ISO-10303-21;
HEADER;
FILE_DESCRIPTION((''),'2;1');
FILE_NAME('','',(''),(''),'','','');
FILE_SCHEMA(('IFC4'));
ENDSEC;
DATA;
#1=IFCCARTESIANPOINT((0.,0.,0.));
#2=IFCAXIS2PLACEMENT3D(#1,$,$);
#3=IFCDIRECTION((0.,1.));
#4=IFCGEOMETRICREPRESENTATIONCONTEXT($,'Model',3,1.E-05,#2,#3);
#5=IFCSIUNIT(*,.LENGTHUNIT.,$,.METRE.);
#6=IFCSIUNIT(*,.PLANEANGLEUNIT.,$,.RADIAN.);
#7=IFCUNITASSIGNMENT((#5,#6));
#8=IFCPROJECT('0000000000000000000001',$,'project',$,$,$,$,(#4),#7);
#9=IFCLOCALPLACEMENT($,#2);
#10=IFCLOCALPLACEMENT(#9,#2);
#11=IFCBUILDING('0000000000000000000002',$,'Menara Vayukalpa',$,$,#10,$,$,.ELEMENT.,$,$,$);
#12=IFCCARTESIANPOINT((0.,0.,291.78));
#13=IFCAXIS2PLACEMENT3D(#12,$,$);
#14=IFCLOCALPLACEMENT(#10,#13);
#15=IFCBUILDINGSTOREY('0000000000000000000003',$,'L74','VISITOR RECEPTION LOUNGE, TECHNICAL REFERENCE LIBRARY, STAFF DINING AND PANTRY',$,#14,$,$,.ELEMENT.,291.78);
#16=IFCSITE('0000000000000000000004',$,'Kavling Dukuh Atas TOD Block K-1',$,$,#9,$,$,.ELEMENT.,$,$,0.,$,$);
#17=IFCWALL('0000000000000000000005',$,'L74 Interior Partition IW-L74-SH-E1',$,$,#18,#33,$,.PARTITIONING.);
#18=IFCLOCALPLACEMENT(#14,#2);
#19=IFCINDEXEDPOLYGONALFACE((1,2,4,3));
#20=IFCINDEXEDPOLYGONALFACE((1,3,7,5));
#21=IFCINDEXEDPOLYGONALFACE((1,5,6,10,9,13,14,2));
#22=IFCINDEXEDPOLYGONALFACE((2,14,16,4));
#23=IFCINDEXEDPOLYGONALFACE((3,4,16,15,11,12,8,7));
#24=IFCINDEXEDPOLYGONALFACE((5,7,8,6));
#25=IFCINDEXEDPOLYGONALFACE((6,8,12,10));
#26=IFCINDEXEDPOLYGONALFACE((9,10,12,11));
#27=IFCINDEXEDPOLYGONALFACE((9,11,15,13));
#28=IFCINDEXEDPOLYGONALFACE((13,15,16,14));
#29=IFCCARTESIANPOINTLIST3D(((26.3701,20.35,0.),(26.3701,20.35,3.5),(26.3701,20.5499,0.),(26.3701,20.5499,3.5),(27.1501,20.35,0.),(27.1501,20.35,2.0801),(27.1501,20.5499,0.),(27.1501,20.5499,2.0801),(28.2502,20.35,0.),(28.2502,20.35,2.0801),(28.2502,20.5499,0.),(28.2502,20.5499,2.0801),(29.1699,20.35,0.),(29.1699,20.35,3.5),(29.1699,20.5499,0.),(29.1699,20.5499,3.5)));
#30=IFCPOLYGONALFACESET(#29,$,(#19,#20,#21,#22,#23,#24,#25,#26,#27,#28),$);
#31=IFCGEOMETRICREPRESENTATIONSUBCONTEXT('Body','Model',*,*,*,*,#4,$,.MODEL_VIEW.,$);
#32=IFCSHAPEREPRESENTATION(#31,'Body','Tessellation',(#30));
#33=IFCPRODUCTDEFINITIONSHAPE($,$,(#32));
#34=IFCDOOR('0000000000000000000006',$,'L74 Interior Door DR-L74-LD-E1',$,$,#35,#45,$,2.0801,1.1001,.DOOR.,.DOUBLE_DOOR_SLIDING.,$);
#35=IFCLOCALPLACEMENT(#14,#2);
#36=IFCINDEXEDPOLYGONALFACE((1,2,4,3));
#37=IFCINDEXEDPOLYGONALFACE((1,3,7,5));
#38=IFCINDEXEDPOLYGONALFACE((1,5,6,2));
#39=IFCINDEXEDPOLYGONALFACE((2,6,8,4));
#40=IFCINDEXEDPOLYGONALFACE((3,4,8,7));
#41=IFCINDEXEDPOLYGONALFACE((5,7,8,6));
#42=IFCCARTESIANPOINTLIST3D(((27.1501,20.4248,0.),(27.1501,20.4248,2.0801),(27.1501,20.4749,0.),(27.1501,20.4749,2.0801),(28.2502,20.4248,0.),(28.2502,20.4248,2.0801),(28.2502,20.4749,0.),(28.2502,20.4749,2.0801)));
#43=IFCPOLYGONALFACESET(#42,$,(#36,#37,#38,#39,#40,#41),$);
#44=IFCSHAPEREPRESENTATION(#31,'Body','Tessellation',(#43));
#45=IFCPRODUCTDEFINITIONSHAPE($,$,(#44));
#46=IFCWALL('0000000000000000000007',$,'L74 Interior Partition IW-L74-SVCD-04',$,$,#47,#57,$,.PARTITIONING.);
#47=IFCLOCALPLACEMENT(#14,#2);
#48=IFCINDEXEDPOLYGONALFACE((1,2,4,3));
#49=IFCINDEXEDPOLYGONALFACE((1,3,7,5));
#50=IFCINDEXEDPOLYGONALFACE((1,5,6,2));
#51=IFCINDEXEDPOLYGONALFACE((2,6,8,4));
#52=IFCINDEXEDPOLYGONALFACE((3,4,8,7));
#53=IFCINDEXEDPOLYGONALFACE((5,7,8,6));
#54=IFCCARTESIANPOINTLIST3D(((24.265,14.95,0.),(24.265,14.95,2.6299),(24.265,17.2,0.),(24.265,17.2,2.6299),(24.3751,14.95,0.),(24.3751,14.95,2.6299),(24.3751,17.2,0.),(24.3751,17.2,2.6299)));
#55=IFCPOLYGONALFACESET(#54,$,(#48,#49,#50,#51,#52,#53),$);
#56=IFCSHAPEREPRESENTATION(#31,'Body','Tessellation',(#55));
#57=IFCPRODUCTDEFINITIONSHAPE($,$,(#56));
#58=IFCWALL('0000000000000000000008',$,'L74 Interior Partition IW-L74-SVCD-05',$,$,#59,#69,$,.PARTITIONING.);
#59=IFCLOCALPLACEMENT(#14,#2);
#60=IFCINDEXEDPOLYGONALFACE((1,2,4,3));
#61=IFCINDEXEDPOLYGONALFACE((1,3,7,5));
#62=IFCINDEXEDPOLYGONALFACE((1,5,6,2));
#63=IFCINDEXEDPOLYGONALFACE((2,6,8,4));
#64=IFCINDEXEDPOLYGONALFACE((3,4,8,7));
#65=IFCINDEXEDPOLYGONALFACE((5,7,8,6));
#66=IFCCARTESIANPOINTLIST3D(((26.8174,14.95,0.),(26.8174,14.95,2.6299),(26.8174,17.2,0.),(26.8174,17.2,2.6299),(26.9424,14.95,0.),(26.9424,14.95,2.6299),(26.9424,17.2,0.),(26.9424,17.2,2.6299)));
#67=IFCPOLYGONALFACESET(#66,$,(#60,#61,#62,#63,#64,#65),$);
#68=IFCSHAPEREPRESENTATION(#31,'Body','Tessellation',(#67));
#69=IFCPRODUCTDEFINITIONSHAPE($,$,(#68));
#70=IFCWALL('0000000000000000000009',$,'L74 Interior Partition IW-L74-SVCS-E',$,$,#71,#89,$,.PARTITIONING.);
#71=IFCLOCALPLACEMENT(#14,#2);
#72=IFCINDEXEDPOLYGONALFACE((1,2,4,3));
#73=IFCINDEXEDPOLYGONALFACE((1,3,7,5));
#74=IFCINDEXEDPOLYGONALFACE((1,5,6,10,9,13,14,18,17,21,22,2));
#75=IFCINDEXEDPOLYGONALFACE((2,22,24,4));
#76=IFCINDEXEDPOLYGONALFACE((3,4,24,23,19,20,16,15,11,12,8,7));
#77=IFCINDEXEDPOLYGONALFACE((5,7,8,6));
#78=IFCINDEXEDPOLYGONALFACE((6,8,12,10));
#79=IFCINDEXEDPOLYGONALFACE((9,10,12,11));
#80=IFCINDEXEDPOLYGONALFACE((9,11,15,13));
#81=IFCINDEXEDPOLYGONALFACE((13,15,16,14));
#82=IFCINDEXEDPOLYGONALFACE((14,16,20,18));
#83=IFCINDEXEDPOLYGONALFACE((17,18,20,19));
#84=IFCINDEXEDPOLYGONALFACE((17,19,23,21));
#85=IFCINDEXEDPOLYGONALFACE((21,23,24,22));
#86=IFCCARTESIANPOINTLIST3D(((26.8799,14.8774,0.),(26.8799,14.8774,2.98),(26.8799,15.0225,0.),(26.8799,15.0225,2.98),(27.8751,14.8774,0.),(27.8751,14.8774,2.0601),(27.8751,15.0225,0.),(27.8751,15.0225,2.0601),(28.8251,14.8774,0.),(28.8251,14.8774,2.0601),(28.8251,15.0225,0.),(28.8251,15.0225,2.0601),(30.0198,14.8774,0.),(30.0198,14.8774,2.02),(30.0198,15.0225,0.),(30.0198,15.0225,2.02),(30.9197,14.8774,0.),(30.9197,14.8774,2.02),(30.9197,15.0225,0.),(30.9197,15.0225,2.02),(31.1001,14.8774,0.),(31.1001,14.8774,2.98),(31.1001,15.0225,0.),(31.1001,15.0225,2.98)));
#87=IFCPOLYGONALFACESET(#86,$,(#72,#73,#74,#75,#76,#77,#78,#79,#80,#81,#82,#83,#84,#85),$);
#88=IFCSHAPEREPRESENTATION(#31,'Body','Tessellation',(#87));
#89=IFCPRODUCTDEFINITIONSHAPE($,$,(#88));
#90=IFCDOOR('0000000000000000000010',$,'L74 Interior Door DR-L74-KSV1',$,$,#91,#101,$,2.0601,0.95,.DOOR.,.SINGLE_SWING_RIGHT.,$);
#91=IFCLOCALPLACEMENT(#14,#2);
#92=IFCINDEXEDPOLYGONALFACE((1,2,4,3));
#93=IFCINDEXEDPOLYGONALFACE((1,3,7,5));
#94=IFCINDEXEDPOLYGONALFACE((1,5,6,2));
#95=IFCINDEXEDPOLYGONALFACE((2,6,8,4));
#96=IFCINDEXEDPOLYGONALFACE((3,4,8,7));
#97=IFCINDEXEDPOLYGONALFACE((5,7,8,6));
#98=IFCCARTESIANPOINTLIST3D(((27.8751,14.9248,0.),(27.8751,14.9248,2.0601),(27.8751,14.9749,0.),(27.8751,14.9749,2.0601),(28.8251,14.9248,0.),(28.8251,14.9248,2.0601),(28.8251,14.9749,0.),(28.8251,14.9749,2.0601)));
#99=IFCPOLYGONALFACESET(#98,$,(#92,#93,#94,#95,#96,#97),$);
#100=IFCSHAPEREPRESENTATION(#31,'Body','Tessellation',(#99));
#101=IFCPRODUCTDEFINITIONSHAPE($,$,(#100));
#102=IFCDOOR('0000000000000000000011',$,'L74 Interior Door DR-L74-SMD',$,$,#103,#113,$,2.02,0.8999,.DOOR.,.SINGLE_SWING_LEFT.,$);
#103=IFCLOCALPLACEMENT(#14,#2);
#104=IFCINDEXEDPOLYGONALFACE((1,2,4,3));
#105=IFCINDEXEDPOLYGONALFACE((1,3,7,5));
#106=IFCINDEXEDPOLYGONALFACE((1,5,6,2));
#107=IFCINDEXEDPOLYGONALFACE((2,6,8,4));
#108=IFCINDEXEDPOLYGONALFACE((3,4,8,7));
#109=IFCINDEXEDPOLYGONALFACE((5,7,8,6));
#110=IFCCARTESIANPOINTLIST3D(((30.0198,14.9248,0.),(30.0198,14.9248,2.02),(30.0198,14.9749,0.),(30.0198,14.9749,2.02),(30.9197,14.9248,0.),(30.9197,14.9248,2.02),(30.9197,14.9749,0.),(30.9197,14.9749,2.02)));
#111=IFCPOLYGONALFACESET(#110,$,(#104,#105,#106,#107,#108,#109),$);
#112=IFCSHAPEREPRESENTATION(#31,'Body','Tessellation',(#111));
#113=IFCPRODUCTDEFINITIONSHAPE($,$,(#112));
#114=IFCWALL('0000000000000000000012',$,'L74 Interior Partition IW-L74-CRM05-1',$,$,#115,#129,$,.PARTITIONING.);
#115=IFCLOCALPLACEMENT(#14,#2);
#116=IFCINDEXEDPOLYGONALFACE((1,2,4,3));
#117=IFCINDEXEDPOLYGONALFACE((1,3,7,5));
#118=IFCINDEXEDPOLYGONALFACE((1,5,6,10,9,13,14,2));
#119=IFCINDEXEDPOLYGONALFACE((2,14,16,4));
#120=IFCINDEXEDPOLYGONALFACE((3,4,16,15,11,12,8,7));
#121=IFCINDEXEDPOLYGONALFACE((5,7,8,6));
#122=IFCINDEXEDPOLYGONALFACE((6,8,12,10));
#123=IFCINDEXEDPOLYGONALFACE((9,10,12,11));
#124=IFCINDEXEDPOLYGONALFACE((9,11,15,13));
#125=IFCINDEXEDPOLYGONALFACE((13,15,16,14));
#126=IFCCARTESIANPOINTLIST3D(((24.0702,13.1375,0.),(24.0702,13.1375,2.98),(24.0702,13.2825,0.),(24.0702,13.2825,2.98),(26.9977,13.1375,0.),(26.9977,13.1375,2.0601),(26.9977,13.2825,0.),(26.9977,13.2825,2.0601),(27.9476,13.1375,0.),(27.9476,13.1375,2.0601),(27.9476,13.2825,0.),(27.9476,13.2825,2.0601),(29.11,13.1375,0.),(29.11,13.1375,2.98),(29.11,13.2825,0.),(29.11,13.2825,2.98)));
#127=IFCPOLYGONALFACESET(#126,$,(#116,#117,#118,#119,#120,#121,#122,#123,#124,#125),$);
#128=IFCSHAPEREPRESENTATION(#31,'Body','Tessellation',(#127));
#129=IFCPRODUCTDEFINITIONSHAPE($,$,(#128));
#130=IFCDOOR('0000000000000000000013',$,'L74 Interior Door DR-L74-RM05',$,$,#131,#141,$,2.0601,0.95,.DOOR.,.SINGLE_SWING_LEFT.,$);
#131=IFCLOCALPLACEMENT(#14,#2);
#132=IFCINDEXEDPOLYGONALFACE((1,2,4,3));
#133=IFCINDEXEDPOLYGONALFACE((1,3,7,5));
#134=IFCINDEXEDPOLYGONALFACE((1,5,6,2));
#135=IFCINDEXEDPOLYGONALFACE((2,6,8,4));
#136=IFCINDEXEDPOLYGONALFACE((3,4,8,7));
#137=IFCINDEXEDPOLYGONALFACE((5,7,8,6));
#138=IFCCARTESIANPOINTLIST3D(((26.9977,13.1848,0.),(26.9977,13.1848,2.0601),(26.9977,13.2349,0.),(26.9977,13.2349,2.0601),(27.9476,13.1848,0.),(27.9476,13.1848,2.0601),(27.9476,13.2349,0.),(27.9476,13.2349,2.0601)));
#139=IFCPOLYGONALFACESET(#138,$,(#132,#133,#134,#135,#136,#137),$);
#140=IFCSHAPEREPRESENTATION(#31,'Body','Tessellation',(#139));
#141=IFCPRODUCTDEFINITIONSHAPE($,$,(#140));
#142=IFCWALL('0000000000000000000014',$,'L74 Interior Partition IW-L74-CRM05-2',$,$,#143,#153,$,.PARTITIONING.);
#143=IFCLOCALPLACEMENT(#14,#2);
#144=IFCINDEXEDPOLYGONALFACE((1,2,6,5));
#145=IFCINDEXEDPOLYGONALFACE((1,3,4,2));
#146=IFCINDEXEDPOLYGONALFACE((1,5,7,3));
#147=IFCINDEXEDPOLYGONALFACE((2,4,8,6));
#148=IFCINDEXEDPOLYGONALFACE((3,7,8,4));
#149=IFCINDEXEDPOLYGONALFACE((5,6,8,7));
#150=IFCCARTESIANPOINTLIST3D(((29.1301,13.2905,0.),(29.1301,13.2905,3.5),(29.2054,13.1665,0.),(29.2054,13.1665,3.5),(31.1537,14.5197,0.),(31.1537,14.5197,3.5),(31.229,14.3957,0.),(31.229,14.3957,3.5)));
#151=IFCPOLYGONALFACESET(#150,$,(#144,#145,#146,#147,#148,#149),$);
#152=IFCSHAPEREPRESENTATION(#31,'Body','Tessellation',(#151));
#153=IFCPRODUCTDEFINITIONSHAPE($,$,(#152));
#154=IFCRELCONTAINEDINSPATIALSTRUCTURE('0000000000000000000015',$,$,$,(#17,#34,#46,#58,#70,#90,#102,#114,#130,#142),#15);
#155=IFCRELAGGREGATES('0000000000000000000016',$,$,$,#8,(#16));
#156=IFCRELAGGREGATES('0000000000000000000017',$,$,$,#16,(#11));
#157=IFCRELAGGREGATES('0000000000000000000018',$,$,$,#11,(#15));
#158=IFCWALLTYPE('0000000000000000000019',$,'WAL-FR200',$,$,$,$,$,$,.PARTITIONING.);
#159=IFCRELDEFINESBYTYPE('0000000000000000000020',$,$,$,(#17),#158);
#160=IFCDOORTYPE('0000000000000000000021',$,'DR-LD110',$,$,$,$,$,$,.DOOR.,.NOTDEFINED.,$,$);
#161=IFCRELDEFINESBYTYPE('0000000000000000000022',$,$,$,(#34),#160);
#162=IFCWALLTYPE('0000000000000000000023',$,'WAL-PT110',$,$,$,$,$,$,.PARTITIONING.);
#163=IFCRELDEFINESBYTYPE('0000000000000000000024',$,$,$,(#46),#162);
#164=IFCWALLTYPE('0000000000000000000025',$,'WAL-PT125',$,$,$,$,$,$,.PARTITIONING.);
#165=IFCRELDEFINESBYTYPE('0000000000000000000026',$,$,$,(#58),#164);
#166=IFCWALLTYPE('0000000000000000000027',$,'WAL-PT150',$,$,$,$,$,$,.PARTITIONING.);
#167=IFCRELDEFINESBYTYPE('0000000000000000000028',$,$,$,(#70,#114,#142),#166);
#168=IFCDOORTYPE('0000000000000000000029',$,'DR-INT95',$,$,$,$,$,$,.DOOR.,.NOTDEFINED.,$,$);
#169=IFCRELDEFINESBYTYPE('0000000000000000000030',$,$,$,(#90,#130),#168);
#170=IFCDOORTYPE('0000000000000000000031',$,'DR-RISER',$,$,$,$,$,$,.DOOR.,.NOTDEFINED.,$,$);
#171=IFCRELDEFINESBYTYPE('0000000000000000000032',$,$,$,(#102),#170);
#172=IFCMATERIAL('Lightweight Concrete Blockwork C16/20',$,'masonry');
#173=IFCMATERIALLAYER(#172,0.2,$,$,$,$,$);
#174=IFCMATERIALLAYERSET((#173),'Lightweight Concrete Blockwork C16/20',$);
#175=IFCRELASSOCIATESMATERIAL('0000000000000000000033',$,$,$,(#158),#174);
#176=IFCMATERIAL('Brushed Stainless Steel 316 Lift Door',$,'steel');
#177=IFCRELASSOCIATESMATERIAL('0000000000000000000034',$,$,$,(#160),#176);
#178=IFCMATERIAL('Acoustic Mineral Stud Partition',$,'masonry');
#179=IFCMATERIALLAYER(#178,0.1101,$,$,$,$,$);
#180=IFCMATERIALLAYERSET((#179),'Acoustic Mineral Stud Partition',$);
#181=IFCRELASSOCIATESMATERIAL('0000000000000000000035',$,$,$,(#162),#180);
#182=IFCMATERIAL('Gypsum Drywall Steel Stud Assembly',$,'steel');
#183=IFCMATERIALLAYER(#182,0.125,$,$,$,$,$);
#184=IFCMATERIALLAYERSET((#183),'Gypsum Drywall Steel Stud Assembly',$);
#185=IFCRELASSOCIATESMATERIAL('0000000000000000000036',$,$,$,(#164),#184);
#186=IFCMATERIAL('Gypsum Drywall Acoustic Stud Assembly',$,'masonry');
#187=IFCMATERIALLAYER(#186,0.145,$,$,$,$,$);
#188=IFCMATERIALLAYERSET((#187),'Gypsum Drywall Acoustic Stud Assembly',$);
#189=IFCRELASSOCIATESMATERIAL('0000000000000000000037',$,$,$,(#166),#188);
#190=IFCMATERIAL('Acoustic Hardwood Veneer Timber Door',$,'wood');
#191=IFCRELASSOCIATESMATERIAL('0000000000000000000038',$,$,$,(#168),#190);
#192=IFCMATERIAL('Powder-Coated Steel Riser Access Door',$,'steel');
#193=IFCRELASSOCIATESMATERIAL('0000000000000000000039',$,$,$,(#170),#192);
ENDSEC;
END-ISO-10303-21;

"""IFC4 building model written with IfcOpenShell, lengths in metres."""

from ifc_helpers import new_model, si_unit, direction, frame, frame_2d, origin, place, context, subcontext, project, spatial, rectangle, extrude, material, layer, layer_set, type_object, element, fill, save


model = new_model("IFC4")

# Units and contexts
model_context = context("Model", 3, precision=1e-05, world=origin(), true_north=direction((0.0, 1.0)))
body_context = subcontext(model_context, "Body", "Model", "MODEL_VIEW")
ifc_project = project(units=[si_unit("LENGTHUNIT", "METRE"), si_unit("PLANEANGLEUNIT", "RADIAN")], contexts=[model_context])

# Site, building, storey
site_placement = place(None, origin())
site = spatial("IfcSite", under=ifc_project, at=site_placement, Name="Kavling Dukuh Atas TOD Block K-1", CompositionType="ELEMENT", RefElevation=0.0)
building_placement = place(site_placement, origin())
building = spatial("IfcBuilding", under=site, at=building_placement, Name="Menara Vayukalpa", CompositionType="ELEMENT")
storey_placement = place(building_placement, frame((0.0, 0.0, 291.78)))
storey = spatial("IfcBuildingStorey", under=building, at=storey_placement, Name="L74", Description="VISITOR RECEPTION LOUNGE, TECHNICAL REFERENCE LIBRARY, STAFF DINING AND PANTRY", CompositionType="ELEMENT", Elevation=291.78)

# Wall, opening, door
ifc_material_1 = material(Name="Lightweight Concrete Blockwork C16/20", Category="masonry")
ifc_layer_1 = layer(ifc_material_1, 0.2)
ifc_layer_set_1 = layer_set([ifc_layer_1], Name="Lightweight Concrete Blockwork C16/20")
wall_type_1 = type_object("IfcWallType", Name="WAL-FR200", PredefinedType="PARTITIONING", material=ifc_layer_set_1)
wall_1_placement = place(storey_placement, frame((26.3701, 20.45, 0.0), z_axis=(0.0, 0.0, 1.0), x_axis=(1.0, 0.0, 0.0)))
wall_1 = element("IfcWall", 1, at=wall_1_placement, inside=storey, type_object=wall_type_1, Name="L74 Interior Partition IW-L74-SH-E1", PredefinedType="PARTITIONING", context=body_context, shape_type="SweptSolid", body=[
    extrude(rectangle(XDim=2.7998, YDim=0.2, at=frame_2d((1.3999, 0.0))), origin(), (0.0, 0.0, 1.0), 3.5),
])
opening_1_placement = place(wall_1_placement, frame((0.78, 0.0, 0.0)))
opening_1 = element("IfcOpeningElement", 2, at=opening_1_placement, cuts=wall_1, PredefinedType="OPENING", context=body_context, shape_type="SweptSolid", body=[
    extrude(rectangle(XDim=1.1001, YDim=2.0801, at=frame_2d((0.55, 1.04))), frame((0.0, 0.1099, 0.0), z_axis=(0.0, -1.0, 0.0), x_axis=(1.0, 0.0, 0.0)), (0.0, 0.0, 1.0), 0.22),
])
ifc_material_2 = material(Name="Brushed Stainless Steel 316 Lift Door", Category="steel")
door_type_1 = type_object("IfcDoorType", Name="DR-LD110", OperationType="NOTDEFINED", PredefinedType="DOOR", material=ifc_material_2)
door_1_placement = place(opening_1_placement, origin())
door_1 = element("IfcDoor", 3, at=door_1_placement, inside=storey, type_object=door_type_1, Name="L74 Interior Door DR-L74-LD-E1", OperationType="DOUBLE_DOOR_SLIDING", OverallHeight=2.0801, OverallWidth=1.1001, PredefinedType="DOOR", context=body_context, shape_type="SweptSolid", body=[
    extrude(rectangle(XDim=1.1001, YDim=2.0801, at=frame_2d((0.55, 1.04))), frame((0.0, 0.0249, 0.0), z_axis=(0.0, -1.0, 0.0), x_axis=(1.0, 0.0, 0.0)), (0.0, 0.0, 1.0), 0.05),
])
fill(opening_1, door_1)

# Walls
ifc_material_3 = material(Name="Acoustic Mineral Stud Partition", Category="masonry")
ifc_layer_2 = layer(ifc_material_3, 0.1101)
ifc_layer_set_2 = layer_set([ifc_layer_2], Name="Acoustic Mineral Stud Partition")
wall_type_2 = type_object("IfcWallType", Name="WAL-PT110", PredefinedType="PARTITIONING", material=ifc_layer_set_2)
wall_2_placement = place(storey_placement, frame((24.3201, 14.95, 0.0), z_axis=(0.0, 0.0, 1.0), x_axis=(0.0, 1.0, 0.0)))
element("IfcWall", 4, at=wall_2_placement, inside=storey, type_object=wall_type_2, Name="L74 Interior Partition IW-L74-SVCD-04", PredefinedType="PARTITIONING", context=body_context, shape_type="SweptSolid", body=[
    extrude(rectangle(XDim=2.25, YDim=0.1101, at=frame_2d((1.125, 0.0))), origin(), (0.0, 0.0, 1.0), 2.6299),
])
ifc_material_4 = material(Name="Gypsum Drywall Steel Stud Assembly", Category="steel")
ifc_layer_3 = layer(ifc_material_4, 0.125)
ifc_layer_set_3 = layer_set([ifc_layer_3], Name="Gypsum Drywall Steel Stud Assembly")
wall_type_3 = type_object("IfcWallType", Name="WAL-PT125", PredefinedType="PARTITIONING", material=ifc_layer_set_3)
wall_3_placement = place(storey_placement, frame((26.8799, 14.95, 0.0), z_axis=(0.0, 0.0, 1.0), x_axis=(0.0, 1.0, 0.0)))
element("IfcWall", 5, at=wall_3_placement, inside=storey, type_object=wall_type_3, Name="L74 Interior Partition IW-L74-SVCD-05", PredefinedType="PARTITIONING", context=body_context, shape_type="SweptSolid", body=[
    extrude(rectangle(XDim=2.25, YDim=0.125, at=frame_2d((1.125, 0.0))), origin(), (0.0, 0.0, 1.0), 2.6299),
])

# Wall, openings, doors
ifc_material_5 = material(Name="Gypsum Drywall Acoustic Stud Assembly", Category="masonry")
ifc_layer_4 = layer(ifc_material_5, 0.145)
ifc_layer_set_4 = layer_set([ifc_layer_4], Name="Gypsum Drywall Acoustic Stud Assembly")
wall_type_4 = type_object("IfcWallType", Name="WAL-PT150", PredefinedType="PARTITIONING", material=ifc_layer_set_4)
wall_4_placement = place(storey_placement, frame((26.8799, 14.95, 0.0), z_axis=(0.0, 0.0, 1.0), x_axis=(1.0, 0.0, 0.0)))
wall_4 = element("IfcWall", 6, at=wall_4_placement, inside=storey, type_object=wall_type_4, Name="L74 Interior Partition IW-L74-SVCS-E", PredefinedType="PARTITIONING", context=body_context, shape_type="SweptSolid", body=[
    extrude(rectangle(XDim=4.2202, YDim=0.145, at=frame_2d((2.1101, 0.0))), origin(), (0.0, 0.0, 1.0), 2.98),
])
opening_2_placement = place(wall_4_placement, frame((0.9951, 0.0, 0.0)))
opening_2 = element("IfcOpeningElement", 7, at=opening_2_placement, cuts=wall_4, PredefinedType="OPENING", context=body_context, shape_type="SweptSolid", body=[
    extrude(rectangle(XDim=0.95, YDim=2.0601, at=frame_2d((0.4751, 1.03))), frame((0.0, 0.0825, 0.0), z_axis=(0.0, -1.0, 0.0), x_axis=(1.0, 0.0, 0.0)), (0.0, 0.0, 1.0), 0.165),
])
opening_3_placement = place(wall_4_placement, frame((3.1399, 0.0, 0.0)))
opening_3 = element("IfcOpeningElement", 8, at=opening_3_placement, cuts=wall_4, PredefinedType="OPENING", context=body_context, shape_type="SweptSolid", body=[
    extrude(rectangle(XDim=0.8999, YDim=2.02, at=frame_2d((0.45, 1.01))), frame((0.0, 0.0825, 0.0), z_axis=(0.0, -1.0, 0.0), x_axis=(1.0, 0.0, 0.0)), (0.0, 0.0, 1.0), 0.165),
])
ifc_material_6 = material(Name="Acoustic Hardwood Veneer Timber Door", Category="wood")
door_type_2 = type_object("IfcDoorType", Name="DR-INT95", OperationType="NOTDEFINED", PredefinedType="DOOR", material=ifc_material_6)
door_2_placement = place(opening_2_placement, origin())
door_2 = element("IfcDoor", 9, at=door_2_placement, inside=storey, type_object=door_type_2, Name="L74 Interior Door DR-L74-KSV1", OperationType="SINGLE_SWING_RIGHT", OverallHeight=2.0601, OverallWidth=0.95, PredefinedType="DOOR", context=body_context, shape_type="SweptSolid", body=[
    extrude(rectangle(XDim=0.95, YDim=2.0601, at=frame_2d((0.4751, 1.03))), frame((0.0, 0.0249, 0.0), z_axis=(0.0, -1.0, 0.0), x_axis=(1.0, 0.0, 0.0)), (0.0, 0.0, 1.0), 0.05),
])
fill(opening_2, door_2)
ifc_material_7 = material(Name="Powder-Coated Steel Riser Access Door", Category="steel")
door_type_3 = type_object("IfcDoorType", Name="DR-RISER", OperationType="NOTDEFINED", PredefinedType="DOOR", material=ifc_material_7)
door_3_placement = place(opening_3_placement, origin())
door_3 = element("IfcDoor", 10, at=door_3_placement, inside=storey, type_object=door_type_3, Name="L74 Interior Door DR-L74-SMD", OperationType="SINGLE_SWING_LEFT", OverallHeight=2.02, OverallWidth=0.8999, PredefinedType="DOOR", context=body_context, shape_type="SweptSolid", body=[
    extrude(rectangle(XDim=0.8999, YDim=2.02, at=frame_2d((0.45, 1.01))), frame((0.0, 0.0249, 0.0), z_axis=(0.0, -1.0, 0.0), x_axis=(1.0, 0.0, 0.0)), (0.0, 0.0, 1.0), 0.05),
])
fill(opening_3, door_3)

# Wall, opening, door
wall_5_placement = place(storey_placement, frame((24.0701, 13.21, 0.0), z_axis=(0.0, 0.0, 1.0), x_axis=(1.0, 0.0, 0.0)))
wall_5 = element("IfcWall", 11, at=wall_5_placement, inside=storey, type_object=wall_type_4, Name="L74 Interior Partition IW-L74-CRM05-1", PredefinedType="PARTITIONING", context=body_context, shape_type="SweptSolid", body=[
    extrude(rectangle(XDim=5.0398, YDim=0.145, at=frame_2d((2.52, 0.0))), origin(), (0.0, 0.0, 1.0), 2.98),
])
opening_4_placement = place(wall_5_placement, frame((2.9275, 0.0, 0.0)))
opening_4 = element("IfcOpeningElement", 12, at=opening_4_placement, cuts=wall_5, PredefinedType="OPENING", context=body_context, shape_type="SweptSolid", body=[
    extrude(rectangle(XDim=0.95, YDim=2.0601, at=frame_2d((0.4751, 1.03))), frame((0.0, 0.0825, 0.0), z_axis=(0.0, -1.0, 0.0), x_axis=(1.0, 0.0, 0.0)), (0.0, 0.0, 1.0), 0.165),
])
door_4_placement = place(opening_4_placement, origin())
door_4 = element("IfcDoor", 13, at=door_4_placement, inside=storey, type_object=door_type_2, Name="L74 Interior Door DR-L74-RM05", OperationType="SINGLE_SWING_LEFT", OverallHeight=2.0601, OverallWidth=0.95, PredefinedType="DOOR", context=body_context, shape_type="SweptSolid", body=[
    extrude(rectangle(XDim=0.95, YDim=2.0601, at=frame_2d((0.4751, 1.03))), frame((0.0, 0.0249, 0.0), z_axis=(0.0, -1.0, 0.0), x_axis=(1.0, 0.0, 0.0)), (0.0, 0.0, 1.0), 0.05),
])
fill(opening_4, door_4)

# Wall
wall_6_placement = place(storey_placement, frame((29.1677, 13.2285, 0.0), z_axis=(0.0, 0.0, 1.0), x_axis=(0.854678, 0.519158, 0.0)))
element("IfcWall", 14, at=wall_6_placement, inside=storey, type_object=wall_type_4, Name="L74 Interior Partition IW-L74-CRM05-2", PredefinedType="PARTITIONING", context=body_context, shape_type="SweptSolid", body=[
    extrude(rectangle(XDim=2.3677, YDim=0.145, at=frame_2d((1.1838, 0.0))), origin(), (0.0, 0.0, 1.0), 3.5),
])

save(model, "model.ifc")
